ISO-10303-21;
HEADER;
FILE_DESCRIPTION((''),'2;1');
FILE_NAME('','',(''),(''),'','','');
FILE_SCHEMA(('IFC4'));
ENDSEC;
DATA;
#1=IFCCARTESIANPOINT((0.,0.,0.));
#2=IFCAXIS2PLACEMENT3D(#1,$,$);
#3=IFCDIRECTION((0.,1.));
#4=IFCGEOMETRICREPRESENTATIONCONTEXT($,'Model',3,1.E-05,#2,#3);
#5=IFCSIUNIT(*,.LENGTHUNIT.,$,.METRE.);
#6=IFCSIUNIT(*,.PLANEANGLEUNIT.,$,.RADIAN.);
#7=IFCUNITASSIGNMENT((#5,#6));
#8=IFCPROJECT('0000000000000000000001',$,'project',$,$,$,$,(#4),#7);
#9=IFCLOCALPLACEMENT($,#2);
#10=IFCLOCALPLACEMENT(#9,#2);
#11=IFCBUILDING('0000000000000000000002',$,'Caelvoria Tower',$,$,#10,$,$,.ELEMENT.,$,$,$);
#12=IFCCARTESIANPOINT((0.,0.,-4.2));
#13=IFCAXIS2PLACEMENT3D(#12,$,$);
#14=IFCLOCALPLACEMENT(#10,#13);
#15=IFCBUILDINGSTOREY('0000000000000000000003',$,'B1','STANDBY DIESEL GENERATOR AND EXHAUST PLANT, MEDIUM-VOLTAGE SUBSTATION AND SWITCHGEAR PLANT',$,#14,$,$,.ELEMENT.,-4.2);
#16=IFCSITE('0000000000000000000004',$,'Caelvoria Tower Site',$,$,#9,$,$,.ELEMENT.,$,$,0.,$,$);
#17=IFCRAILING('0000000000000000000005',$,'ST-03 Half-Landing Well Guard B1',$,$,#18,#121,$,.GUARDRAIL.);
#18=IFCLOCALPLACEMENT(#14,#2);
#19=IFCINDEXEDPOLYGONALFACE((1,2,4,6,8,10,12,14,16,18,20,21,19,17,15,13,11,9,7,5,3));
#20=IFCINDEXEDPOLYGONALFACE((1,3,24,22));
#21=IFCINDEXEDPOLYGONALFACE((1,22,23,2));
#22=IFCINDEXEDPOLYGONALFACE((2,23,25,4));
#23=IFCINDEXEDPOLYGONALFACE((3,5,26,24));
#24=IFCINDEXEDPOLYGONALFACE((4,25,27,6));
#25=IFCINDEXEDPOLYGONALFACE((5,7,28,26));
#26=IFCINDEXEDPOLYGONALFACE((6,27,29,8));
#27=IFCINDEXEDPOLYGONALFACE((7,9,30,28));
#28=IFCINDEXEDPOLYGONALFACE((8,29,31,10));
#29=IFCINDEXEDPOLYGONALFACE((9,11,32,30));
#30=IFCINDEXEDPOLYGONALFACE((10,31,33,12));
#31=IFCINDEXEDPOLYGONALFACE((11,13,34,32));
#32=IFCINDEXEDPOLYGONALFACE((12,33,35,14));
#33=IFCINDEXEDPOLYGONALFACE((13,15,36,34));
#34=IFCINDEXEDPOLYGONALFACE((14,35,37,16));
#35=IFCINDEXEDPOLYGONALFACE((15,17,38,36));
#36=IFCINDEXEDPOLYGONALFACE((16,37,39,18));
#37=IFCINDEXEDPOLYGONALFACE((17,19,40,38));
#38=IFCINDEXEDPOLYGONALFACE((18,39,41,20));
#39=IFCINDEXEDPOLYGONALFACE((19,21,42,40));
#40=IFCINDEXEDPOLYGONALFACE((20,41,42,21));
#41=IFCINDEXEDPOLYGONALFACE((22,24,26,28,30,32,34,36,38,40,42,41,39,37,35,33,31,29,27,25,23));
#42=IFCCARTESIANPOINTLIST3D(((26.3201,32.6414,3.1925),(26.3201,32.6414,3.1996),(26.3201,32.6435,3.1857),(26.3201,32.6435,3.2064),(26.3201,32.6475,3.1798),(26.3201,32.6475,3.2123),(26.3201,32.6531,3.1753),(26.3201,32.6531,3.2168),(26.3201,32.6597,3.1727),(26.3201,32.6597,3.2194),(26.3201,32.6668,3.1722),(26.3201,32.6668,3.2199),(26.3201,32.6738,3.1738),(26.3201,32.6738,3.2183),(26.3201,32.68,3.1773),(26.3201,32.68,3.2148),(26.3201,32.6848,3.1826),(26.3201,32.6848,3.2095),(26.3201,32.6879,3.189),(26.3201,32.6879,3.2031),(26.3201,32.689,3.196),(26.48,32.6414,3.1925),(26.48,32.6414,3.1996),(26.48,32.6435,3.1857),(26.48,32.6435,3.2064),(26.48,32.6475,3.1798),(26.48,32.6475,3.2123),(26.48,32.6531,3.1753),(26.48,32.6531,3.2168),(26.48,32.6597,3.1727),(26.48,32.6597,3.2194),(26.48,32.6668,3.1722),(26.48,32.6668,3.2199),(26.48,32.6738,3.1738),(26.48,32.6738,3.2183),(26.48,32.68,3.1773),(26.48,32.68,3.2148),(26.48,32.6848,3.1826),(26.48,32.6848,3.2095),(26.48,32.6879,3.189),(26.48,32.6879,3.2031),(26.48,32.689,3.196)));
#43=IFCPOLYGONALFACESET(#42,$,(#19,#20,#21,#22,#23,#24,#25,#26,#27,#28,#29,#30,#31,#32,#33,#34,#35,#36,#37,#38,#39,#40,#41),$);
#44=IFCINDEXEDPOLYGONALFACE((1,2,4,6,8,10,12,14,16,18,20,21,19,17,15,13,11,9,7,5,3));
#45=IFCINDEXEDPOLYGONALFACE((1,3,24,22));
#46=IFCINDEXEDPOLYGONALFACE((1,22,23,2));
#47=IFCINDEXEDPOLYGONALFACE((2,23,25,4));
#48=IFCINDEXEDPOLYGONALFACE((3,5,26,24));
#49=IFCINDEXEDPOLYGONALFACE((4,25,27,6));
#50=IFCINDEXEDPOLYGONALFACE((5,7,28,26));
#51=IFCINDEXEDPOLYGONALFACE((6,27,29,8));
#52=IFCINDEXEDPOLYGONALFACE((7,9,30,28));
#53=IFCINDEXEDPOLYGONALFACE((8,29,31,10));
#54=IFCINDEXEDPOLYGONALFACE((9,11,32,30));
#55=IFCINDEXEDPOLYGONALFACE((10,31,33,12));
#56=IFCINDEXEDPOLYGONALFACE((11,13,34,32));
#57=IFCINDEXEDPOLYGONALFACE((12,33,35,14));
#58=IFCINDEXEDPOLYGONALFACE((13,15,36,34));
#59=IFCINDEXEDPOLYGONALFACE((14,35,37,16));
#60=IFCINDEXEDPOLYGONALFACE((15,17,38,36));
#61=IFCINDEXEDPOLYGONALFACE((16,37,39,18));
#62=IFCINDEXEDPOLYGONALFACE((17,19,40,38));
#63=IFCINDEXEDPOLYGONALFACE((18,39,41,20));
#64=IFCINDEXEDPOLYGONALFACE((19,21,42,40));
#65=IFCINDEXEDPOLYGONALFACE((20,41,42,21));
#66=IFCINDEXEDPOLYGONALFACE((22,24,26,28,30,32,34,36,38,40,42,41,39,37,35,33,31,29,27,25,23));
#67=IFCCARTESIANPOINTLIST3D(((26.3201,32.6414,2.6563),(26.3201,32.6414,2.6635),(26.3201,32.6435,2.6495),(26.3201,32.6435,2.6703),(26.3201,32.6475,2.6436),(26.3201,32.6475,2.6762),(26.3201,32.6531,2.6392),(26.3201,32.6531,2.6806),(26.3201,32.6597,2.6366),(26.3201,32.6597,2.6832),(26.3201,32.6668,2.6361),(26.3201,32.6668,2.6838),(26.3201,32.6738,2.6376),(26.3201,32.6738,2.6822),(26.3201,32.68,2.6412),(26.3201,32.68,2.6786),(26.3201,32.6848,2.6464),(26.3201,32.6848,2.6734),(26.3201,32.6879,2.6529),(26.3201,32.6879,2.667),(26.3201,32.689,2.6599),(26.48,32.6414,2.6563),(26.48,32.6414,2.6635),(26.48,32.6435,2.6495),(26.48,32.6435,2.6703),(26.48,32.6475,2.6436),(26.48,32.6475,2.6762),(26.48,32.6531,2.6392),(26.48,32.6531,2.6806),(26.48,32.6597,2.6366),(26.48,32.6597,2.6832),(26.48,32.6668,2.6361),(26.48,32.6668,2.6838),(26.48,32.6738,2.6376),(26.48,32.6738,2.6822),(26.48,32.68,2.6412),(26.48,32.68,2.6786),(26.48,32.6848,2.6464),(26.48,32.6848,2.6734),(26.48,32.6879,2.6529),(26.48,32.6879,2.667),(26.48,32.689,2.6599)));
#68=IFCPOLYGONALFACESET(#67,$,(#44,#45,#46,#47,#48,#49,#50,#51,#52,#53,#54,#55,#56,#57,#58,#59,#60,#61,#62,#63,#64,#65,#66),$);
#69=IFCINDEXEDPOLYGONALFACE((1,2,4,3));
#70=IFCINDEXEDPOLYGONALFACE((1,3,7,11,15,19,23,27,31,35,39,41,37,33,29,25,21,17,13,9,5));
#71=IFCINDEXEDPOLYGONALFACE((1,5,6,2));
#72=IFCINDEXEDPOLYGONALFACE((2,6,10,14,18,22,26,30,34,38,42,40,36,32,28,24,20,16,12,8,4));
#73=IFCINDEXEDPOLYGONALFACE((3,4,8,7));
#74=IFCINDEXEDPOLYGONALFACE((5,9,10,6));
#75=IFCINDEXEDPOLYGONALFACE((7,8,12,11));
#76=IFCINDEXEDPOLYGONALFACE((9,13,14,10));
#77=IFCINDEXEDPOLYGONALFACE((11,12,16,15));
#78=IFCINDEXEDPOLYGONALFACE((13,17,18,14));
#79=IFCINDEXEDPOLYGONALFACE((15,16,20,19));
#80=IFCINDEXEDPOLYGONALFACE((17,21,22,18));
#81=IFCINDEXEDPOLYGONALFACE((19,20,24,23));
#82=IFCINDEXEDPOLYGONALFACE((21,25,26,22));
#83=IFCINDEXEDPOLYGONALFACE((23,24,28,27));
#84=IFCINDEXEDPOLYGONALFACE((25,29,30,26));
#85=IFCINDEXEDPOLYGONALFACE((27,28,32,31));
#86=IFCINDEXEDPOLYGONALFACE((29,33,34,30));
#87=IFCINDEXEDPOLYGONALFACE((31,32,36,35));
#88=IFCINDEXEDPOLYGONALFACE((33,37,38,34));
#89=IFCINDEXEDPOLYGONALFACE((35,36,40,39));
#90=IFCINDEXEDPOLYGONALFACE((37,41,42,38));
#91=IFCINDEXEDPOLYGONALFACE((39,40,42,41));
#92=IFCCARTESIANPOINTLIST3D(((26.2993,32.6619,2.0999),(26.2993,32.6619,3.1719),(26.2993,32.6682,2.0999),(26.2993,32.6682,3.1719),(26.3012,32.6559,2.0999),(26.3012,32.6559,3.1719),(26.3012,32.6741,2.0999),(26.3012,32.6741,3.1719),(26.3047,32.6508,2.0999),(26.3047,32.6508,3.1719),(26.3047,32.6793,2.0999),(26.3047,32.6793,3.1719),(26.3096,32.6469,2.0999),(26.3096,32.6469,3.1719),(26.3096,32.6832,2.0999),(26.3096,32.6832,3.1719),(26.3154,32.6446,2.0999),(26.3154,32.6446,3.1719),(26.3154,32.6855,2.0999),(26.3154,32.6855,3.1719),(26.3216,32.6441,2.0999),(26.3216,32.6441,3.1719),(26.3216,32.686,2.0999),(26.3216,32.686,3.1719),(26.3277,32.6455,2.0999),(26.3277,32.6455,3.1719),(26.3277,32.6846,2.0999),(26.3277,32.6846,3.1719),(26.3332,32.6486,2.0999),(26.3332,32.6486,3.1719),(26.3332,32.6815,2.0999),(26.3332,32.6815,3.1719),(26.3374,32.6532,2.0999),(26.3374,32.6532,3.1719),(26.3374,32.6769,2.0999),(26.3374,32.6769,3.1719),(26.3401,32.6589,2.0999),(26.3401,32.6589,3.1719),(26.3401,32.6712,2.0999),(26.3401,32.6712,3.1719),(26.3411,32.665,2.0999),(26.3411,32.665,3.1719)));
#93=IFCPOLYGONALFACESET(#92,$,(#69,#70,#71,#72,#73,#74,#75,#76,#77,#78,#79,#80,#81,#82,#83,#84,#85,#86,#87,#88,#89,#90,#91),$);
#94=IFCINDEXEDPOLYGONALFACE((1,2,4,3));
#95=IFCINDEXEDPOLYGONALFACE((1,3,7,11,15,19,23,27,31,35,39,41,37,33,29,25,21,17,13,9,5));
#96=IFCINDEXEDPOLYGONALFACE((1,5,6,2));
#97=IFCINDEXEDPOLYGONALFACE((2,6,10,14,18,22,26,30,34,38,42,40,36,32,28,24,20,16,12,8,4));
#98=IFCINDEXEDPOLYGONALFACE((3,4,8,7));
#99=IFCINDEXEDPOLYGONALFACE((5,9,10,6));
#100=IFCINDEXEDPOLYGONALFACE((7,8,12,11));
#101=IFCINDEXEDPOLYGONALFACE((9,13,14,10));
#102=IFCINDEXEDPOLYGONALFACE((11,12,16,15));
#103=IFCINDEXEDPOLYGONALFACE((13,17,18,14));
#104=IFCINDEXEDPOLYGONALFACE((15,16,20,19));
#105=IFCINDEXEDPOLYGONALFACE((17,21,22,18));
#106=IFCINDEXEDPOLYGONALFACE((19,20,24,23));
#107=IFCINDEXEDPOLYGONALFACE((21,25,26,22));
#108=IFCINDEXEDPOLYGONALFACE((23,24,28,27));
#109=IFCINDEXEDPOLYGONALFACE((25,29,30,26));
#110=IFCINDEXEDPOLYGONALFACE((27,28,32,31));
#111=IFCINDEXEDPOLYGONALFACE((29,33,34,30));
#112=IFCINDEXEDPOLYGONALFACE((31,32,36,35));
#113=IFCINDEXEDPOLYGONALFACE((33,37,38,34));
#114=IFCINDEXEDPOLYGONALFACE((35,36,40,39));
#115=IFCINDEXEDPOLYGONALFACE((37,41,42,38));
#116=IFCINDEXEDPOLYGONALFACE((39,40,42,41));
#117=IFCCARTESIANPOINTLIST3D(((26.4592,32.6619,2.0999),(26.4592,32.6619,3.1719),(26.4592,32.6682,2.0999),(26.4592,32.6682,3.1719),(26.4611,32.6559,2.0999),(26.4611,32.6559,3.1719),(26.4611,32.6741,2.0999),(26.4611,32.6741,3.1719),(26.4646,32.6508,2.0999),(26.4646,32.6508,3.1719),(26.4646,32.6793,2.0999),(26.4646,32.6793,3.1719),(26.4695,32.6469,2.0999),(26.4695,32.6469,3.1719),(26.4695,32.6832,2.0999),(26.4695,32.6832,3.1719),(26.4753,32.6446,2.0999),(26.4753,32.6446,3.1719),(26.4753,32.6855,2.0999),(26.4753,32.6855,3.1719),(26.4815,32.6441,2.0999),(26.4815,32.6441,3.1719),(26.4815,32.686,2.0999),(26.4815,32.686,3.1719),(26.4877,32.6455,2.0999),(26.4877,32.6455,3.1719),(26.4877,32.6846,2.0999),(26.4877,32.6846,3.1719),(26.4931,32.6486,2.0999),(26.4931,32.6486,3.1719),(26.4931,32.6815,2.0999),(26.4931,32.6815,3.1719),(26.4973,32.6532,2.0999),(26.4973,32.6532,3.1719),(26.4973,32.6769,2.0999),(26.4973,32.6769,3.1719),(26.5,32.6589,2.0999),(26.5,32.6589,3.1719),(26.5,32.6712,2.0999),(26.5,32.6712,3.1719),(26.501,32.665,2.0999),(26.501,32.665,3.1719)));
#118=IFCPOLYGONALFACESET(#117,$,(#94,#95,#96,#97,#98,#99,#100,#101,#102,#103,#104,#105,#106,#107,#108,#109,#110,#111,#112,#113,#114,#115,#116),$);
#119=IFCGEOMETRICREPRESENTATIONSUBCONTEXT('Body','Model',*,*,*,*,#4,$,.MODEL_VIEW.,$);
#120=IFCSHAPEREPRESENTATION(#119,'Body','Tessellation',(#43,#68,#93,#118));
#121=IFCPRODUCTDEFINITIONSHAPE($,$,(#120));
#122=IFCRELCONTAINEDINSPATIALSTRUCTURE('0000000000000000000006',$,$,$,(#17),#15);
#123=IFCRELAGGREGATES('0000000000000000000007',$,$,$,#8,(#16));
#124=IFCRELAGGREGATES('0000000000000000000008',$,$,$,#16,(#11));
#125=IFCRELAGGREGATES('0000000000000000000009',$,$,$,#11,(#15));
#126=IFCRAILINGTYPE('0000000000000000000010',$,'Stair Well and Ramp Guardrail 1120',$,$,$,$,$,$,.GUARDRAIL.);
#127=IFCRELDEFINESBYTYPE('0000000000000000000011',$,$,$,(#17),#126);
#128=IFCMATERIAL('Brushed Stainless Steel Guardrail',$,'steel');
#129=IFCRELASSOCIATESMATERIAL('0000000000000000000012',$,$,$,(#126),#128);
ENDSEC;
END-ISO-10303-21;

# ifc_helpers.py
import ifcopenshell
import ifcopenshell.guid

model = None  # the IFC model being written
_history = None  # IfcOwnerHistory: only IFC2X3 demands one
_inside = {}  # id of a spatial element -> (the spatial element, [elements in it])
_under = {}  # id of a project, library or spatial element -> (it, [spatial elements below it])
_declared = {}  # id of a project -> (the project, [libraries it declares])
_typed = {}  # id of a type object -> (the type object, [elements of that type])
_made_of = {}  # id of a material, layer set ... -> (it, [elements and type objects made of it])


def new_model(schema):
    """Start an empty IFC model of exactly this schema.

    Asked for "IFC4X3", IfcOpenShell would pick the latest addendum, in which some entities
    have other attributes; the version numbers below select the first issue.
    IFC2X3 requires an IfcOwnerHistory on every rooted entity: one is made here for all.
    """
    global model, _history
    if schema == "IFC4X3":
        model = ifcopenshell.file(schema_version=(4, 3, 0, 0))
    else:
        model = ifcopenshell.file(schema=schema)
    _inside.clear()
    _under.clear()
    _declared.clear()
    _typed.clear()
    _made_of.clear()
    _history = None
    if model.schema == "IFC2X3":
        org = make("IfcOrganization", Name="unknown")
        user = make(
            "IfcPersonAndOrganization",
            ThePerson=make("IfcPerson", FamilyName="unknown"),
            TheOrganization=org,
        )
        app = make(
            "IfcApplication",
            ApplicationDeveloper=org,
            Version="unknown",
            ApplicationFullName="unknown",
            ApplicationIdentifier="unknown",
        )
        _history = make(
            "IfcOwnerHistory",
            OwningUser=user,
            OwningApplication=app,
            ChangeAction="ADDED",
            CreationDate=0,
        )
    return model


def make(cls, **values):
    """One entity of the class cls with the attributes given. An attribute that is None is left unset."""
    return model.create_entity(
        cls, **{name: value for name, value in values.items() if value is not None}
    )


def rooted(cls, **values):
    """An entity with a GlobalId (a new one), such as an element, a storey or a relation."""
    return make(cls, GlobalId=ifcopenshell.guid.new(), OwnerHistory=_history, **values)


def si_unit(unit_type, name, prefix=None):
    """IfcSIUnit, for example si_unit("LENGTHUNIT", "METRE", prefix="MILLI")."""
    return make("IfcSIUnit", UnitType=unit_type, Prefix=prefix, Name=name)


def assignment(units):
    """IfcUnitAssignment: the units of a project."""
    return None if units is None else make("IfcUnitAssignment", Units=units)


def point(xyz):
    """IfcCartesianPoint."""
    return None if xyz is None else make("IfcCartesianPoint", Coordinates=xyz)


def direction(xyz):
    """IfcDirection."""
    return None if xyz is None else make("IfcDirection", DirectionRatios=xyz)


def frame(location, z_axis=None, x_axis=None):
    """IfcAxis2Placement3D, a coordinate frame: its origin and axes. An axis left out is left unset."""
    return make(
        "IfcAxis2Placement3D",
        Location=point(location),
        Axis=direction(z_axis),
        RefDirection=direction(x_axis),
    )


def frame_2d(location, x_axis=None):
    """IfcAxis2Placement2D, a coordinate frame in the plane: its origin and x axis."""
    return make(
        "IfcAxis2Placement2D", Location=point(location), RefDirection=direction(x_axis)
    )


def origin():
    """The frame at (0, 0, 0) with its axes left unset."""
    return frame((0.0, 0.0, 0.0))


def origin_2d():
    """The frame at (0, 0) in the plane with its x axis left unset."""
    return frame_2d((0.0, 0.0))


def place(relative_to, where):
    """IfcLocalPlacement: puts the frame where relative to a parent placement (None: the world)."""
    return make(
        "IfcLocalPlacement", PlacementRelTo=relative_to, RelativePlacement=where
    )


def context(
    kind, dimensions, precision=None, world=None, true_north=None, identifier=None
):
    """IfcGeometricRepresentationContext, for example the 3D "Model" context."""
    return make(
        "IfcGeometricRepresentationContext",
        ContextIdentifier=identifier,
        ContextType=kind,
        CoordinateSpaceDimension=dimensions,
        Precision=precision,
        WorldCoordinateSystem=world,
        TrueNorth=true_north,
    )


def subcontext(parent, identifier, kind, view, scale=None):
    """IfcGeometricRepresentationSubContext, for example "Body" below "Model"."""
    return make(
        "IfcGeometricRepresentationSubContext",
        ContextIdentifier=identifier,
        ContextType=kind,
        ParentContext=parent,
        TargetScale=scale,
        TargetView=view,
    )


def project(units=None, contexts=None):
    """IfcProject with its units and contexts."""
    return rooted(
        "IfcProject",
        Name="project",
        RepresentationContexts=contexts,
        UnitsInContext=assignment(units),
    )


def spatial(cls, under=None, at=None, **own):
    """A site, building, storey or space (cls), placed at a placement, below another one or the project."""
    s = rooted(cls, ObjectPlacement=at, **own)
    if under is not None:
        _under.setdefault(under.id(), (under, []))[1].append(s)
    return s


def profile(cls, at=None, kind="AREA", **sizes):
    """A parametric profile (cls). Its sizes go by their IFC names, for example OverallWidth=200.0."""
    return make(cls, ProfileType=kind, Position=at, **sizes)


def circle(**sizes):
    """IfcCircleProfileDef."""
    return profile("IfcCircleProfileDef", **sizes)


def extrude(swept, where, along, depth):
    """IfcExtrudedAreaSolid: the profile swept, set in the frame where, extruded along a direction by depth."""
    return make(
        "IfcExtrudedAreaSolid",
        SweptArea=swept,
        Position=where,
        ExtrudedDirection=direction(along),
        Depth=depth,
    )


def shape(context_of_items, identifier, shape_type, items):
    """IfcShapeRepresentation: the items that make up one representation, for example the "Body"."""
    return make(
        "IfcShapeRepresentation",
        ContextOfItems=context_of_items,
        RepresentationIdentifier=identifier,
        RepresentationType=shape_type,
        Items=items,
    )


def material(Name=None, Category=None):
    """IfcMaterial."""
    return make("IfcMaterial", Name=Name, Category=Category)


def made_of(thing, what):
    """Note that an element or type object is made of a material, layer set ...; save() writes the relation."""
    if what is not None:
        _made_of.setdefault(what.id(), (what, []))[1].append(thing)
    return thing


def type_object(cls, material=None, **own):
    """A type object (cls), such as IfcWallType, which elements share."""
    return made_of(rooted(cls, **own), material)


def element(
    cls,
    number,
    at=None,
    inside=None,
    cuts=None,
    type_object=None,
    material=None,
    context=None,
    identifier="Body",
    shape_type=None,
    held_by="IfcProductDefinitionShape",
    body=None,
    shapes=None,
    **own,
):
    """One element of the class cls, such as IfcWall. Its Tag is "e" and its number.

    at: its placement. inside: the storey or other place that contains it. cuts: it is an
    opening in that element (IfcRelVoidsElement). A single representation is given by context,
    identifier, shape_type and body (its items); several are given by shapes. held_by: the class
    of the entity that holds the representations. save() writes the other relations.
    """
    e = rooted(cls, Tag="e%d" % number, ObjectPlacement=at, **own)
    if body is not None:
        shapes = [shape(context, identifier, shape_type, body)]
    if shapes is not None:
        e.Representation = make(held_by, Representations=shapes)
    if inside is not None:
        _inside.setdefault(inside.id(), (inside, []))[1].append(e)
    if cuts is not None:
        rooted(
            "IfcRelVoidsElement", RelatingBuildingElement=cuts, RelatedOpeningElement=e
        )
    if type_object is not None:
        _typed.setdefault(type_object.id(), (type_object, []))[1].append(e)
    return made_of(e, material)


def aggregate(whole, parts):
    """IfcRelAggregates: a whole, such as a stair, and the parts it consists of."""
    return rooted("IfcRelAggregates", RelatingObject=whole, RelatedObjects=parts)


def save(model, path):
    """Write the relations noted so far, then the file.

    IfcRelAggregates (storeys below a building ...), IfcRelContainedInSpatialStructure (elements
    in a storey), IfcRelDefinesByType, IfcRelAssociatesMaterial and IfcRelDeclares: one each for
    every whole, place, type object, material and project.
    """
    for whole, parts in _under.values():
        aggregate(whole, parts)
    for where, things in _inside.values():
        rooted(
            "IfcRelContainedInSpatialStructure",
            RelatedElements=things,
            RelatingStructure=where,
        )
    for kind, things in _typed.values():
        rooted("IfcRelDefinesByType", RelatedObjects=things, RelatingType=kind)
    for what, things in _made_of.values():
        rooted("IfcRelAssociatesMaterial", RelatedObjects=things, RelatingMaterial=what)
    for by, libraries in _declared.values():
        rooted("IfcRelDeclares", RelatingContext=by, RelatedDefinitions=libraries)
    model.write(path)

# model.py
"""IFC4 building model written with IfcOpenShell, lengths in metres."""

from ifc_helpers import new_model, si_unit, direction, frame, origin, origin_2d, place, context, subcontext, project, spatial, circle, extrude, material, type_object, element, save


model = new_model("IFC4")

# Units and contexts
model_context = context("Model", 3, precision=1e-05, world=origin(), true_north=direction((0.0, 1.0)))
body_context = subcontext(model_context, "Body", "Model", "MODEL_VIEW")
ifc_project = project(units=[si_unit("LENGTHUNIT", "METRE"), si_unit("PLANEANGLEUNIT", "RADIAN")], contexts=[model_context])

# Site, building, storey
site_placement = place(None, origin())
site = spatial("IfcSite", under=ifc_project, at=site_placement, Name="Caelvoria Tower Site", CompositionType="ELEMENT", RefElevation=0.0)
building_placement = place(site_placement, origin())
building = spatial("IfcBuilding", under=site, at=building_placement, Name="Caelvoria Tower", CompositionType="ELEMENT")
storey_placement = place(building_placement, frame((0.0, 0.0, -4.2)))
storey = spatial("IfcBuildingStorey", under=building, at=storey_placement, Name="B1", Description="STANDBY DIESEL GENERATOR AND EXHAUST PLANT, MEDIUM-VOLTAGE SUBSTATION AND SWITCHGEAR PLANT", CompositionType="ELEMENT", Elevation=-4.2)

# Railing
ifc_material_1 = material(Name="Brushed Stainless Steel Guardrail", Category="steel")
railing_type_1 = type_object("IfcRailingType", Name="Stair Well and Ramp Guardrail 1120", PredefinedType="GUARDRAIL", material=ifc_material_1)
railing_1_placement = place(storey_placement, frame((26.3201, 32.665, 2.0999)))
element("IfcRailing", 1, at=railing_1_placement, inside=storey, type_object=railing_type_1, Name="ST-03 Half-Landing Well Guard B1", PredefinedType="GUARDRAIL", context=body_context, shape_type="SweptSolid", body=[
    extrude(circle(Radius=0.0239, at=origin_2d()), frame((0.0, 0.0, 1.0962), z_axis=(1.0, 0.0, 0.0), x_axis=(0.0, 1.0, 0.0)), (0.0, 0.0, 1.0), 0.1599),
    extrude(circle(Radius=0.0239, at=origin_2d()), frame((0.0, 0.0, 0.5601), z_axis=(1.0, 0.0, 0.0), x_axis=(0.0, 1.0, 0.0)), (0.0, 0.0, 1.0), 0.1599),
    extrude(circle(Radius=0.021, at=origin_2d()), origin(), (0.0, 0.0, 1.0), 1.072),
    extrude(circle(Radius=0.021, at=origin_2d()), frame((0.1599, 0.0, 0.0)), (0.0, 0.0, 1.0), 1.072),
])

save(model, "model.ifc")
